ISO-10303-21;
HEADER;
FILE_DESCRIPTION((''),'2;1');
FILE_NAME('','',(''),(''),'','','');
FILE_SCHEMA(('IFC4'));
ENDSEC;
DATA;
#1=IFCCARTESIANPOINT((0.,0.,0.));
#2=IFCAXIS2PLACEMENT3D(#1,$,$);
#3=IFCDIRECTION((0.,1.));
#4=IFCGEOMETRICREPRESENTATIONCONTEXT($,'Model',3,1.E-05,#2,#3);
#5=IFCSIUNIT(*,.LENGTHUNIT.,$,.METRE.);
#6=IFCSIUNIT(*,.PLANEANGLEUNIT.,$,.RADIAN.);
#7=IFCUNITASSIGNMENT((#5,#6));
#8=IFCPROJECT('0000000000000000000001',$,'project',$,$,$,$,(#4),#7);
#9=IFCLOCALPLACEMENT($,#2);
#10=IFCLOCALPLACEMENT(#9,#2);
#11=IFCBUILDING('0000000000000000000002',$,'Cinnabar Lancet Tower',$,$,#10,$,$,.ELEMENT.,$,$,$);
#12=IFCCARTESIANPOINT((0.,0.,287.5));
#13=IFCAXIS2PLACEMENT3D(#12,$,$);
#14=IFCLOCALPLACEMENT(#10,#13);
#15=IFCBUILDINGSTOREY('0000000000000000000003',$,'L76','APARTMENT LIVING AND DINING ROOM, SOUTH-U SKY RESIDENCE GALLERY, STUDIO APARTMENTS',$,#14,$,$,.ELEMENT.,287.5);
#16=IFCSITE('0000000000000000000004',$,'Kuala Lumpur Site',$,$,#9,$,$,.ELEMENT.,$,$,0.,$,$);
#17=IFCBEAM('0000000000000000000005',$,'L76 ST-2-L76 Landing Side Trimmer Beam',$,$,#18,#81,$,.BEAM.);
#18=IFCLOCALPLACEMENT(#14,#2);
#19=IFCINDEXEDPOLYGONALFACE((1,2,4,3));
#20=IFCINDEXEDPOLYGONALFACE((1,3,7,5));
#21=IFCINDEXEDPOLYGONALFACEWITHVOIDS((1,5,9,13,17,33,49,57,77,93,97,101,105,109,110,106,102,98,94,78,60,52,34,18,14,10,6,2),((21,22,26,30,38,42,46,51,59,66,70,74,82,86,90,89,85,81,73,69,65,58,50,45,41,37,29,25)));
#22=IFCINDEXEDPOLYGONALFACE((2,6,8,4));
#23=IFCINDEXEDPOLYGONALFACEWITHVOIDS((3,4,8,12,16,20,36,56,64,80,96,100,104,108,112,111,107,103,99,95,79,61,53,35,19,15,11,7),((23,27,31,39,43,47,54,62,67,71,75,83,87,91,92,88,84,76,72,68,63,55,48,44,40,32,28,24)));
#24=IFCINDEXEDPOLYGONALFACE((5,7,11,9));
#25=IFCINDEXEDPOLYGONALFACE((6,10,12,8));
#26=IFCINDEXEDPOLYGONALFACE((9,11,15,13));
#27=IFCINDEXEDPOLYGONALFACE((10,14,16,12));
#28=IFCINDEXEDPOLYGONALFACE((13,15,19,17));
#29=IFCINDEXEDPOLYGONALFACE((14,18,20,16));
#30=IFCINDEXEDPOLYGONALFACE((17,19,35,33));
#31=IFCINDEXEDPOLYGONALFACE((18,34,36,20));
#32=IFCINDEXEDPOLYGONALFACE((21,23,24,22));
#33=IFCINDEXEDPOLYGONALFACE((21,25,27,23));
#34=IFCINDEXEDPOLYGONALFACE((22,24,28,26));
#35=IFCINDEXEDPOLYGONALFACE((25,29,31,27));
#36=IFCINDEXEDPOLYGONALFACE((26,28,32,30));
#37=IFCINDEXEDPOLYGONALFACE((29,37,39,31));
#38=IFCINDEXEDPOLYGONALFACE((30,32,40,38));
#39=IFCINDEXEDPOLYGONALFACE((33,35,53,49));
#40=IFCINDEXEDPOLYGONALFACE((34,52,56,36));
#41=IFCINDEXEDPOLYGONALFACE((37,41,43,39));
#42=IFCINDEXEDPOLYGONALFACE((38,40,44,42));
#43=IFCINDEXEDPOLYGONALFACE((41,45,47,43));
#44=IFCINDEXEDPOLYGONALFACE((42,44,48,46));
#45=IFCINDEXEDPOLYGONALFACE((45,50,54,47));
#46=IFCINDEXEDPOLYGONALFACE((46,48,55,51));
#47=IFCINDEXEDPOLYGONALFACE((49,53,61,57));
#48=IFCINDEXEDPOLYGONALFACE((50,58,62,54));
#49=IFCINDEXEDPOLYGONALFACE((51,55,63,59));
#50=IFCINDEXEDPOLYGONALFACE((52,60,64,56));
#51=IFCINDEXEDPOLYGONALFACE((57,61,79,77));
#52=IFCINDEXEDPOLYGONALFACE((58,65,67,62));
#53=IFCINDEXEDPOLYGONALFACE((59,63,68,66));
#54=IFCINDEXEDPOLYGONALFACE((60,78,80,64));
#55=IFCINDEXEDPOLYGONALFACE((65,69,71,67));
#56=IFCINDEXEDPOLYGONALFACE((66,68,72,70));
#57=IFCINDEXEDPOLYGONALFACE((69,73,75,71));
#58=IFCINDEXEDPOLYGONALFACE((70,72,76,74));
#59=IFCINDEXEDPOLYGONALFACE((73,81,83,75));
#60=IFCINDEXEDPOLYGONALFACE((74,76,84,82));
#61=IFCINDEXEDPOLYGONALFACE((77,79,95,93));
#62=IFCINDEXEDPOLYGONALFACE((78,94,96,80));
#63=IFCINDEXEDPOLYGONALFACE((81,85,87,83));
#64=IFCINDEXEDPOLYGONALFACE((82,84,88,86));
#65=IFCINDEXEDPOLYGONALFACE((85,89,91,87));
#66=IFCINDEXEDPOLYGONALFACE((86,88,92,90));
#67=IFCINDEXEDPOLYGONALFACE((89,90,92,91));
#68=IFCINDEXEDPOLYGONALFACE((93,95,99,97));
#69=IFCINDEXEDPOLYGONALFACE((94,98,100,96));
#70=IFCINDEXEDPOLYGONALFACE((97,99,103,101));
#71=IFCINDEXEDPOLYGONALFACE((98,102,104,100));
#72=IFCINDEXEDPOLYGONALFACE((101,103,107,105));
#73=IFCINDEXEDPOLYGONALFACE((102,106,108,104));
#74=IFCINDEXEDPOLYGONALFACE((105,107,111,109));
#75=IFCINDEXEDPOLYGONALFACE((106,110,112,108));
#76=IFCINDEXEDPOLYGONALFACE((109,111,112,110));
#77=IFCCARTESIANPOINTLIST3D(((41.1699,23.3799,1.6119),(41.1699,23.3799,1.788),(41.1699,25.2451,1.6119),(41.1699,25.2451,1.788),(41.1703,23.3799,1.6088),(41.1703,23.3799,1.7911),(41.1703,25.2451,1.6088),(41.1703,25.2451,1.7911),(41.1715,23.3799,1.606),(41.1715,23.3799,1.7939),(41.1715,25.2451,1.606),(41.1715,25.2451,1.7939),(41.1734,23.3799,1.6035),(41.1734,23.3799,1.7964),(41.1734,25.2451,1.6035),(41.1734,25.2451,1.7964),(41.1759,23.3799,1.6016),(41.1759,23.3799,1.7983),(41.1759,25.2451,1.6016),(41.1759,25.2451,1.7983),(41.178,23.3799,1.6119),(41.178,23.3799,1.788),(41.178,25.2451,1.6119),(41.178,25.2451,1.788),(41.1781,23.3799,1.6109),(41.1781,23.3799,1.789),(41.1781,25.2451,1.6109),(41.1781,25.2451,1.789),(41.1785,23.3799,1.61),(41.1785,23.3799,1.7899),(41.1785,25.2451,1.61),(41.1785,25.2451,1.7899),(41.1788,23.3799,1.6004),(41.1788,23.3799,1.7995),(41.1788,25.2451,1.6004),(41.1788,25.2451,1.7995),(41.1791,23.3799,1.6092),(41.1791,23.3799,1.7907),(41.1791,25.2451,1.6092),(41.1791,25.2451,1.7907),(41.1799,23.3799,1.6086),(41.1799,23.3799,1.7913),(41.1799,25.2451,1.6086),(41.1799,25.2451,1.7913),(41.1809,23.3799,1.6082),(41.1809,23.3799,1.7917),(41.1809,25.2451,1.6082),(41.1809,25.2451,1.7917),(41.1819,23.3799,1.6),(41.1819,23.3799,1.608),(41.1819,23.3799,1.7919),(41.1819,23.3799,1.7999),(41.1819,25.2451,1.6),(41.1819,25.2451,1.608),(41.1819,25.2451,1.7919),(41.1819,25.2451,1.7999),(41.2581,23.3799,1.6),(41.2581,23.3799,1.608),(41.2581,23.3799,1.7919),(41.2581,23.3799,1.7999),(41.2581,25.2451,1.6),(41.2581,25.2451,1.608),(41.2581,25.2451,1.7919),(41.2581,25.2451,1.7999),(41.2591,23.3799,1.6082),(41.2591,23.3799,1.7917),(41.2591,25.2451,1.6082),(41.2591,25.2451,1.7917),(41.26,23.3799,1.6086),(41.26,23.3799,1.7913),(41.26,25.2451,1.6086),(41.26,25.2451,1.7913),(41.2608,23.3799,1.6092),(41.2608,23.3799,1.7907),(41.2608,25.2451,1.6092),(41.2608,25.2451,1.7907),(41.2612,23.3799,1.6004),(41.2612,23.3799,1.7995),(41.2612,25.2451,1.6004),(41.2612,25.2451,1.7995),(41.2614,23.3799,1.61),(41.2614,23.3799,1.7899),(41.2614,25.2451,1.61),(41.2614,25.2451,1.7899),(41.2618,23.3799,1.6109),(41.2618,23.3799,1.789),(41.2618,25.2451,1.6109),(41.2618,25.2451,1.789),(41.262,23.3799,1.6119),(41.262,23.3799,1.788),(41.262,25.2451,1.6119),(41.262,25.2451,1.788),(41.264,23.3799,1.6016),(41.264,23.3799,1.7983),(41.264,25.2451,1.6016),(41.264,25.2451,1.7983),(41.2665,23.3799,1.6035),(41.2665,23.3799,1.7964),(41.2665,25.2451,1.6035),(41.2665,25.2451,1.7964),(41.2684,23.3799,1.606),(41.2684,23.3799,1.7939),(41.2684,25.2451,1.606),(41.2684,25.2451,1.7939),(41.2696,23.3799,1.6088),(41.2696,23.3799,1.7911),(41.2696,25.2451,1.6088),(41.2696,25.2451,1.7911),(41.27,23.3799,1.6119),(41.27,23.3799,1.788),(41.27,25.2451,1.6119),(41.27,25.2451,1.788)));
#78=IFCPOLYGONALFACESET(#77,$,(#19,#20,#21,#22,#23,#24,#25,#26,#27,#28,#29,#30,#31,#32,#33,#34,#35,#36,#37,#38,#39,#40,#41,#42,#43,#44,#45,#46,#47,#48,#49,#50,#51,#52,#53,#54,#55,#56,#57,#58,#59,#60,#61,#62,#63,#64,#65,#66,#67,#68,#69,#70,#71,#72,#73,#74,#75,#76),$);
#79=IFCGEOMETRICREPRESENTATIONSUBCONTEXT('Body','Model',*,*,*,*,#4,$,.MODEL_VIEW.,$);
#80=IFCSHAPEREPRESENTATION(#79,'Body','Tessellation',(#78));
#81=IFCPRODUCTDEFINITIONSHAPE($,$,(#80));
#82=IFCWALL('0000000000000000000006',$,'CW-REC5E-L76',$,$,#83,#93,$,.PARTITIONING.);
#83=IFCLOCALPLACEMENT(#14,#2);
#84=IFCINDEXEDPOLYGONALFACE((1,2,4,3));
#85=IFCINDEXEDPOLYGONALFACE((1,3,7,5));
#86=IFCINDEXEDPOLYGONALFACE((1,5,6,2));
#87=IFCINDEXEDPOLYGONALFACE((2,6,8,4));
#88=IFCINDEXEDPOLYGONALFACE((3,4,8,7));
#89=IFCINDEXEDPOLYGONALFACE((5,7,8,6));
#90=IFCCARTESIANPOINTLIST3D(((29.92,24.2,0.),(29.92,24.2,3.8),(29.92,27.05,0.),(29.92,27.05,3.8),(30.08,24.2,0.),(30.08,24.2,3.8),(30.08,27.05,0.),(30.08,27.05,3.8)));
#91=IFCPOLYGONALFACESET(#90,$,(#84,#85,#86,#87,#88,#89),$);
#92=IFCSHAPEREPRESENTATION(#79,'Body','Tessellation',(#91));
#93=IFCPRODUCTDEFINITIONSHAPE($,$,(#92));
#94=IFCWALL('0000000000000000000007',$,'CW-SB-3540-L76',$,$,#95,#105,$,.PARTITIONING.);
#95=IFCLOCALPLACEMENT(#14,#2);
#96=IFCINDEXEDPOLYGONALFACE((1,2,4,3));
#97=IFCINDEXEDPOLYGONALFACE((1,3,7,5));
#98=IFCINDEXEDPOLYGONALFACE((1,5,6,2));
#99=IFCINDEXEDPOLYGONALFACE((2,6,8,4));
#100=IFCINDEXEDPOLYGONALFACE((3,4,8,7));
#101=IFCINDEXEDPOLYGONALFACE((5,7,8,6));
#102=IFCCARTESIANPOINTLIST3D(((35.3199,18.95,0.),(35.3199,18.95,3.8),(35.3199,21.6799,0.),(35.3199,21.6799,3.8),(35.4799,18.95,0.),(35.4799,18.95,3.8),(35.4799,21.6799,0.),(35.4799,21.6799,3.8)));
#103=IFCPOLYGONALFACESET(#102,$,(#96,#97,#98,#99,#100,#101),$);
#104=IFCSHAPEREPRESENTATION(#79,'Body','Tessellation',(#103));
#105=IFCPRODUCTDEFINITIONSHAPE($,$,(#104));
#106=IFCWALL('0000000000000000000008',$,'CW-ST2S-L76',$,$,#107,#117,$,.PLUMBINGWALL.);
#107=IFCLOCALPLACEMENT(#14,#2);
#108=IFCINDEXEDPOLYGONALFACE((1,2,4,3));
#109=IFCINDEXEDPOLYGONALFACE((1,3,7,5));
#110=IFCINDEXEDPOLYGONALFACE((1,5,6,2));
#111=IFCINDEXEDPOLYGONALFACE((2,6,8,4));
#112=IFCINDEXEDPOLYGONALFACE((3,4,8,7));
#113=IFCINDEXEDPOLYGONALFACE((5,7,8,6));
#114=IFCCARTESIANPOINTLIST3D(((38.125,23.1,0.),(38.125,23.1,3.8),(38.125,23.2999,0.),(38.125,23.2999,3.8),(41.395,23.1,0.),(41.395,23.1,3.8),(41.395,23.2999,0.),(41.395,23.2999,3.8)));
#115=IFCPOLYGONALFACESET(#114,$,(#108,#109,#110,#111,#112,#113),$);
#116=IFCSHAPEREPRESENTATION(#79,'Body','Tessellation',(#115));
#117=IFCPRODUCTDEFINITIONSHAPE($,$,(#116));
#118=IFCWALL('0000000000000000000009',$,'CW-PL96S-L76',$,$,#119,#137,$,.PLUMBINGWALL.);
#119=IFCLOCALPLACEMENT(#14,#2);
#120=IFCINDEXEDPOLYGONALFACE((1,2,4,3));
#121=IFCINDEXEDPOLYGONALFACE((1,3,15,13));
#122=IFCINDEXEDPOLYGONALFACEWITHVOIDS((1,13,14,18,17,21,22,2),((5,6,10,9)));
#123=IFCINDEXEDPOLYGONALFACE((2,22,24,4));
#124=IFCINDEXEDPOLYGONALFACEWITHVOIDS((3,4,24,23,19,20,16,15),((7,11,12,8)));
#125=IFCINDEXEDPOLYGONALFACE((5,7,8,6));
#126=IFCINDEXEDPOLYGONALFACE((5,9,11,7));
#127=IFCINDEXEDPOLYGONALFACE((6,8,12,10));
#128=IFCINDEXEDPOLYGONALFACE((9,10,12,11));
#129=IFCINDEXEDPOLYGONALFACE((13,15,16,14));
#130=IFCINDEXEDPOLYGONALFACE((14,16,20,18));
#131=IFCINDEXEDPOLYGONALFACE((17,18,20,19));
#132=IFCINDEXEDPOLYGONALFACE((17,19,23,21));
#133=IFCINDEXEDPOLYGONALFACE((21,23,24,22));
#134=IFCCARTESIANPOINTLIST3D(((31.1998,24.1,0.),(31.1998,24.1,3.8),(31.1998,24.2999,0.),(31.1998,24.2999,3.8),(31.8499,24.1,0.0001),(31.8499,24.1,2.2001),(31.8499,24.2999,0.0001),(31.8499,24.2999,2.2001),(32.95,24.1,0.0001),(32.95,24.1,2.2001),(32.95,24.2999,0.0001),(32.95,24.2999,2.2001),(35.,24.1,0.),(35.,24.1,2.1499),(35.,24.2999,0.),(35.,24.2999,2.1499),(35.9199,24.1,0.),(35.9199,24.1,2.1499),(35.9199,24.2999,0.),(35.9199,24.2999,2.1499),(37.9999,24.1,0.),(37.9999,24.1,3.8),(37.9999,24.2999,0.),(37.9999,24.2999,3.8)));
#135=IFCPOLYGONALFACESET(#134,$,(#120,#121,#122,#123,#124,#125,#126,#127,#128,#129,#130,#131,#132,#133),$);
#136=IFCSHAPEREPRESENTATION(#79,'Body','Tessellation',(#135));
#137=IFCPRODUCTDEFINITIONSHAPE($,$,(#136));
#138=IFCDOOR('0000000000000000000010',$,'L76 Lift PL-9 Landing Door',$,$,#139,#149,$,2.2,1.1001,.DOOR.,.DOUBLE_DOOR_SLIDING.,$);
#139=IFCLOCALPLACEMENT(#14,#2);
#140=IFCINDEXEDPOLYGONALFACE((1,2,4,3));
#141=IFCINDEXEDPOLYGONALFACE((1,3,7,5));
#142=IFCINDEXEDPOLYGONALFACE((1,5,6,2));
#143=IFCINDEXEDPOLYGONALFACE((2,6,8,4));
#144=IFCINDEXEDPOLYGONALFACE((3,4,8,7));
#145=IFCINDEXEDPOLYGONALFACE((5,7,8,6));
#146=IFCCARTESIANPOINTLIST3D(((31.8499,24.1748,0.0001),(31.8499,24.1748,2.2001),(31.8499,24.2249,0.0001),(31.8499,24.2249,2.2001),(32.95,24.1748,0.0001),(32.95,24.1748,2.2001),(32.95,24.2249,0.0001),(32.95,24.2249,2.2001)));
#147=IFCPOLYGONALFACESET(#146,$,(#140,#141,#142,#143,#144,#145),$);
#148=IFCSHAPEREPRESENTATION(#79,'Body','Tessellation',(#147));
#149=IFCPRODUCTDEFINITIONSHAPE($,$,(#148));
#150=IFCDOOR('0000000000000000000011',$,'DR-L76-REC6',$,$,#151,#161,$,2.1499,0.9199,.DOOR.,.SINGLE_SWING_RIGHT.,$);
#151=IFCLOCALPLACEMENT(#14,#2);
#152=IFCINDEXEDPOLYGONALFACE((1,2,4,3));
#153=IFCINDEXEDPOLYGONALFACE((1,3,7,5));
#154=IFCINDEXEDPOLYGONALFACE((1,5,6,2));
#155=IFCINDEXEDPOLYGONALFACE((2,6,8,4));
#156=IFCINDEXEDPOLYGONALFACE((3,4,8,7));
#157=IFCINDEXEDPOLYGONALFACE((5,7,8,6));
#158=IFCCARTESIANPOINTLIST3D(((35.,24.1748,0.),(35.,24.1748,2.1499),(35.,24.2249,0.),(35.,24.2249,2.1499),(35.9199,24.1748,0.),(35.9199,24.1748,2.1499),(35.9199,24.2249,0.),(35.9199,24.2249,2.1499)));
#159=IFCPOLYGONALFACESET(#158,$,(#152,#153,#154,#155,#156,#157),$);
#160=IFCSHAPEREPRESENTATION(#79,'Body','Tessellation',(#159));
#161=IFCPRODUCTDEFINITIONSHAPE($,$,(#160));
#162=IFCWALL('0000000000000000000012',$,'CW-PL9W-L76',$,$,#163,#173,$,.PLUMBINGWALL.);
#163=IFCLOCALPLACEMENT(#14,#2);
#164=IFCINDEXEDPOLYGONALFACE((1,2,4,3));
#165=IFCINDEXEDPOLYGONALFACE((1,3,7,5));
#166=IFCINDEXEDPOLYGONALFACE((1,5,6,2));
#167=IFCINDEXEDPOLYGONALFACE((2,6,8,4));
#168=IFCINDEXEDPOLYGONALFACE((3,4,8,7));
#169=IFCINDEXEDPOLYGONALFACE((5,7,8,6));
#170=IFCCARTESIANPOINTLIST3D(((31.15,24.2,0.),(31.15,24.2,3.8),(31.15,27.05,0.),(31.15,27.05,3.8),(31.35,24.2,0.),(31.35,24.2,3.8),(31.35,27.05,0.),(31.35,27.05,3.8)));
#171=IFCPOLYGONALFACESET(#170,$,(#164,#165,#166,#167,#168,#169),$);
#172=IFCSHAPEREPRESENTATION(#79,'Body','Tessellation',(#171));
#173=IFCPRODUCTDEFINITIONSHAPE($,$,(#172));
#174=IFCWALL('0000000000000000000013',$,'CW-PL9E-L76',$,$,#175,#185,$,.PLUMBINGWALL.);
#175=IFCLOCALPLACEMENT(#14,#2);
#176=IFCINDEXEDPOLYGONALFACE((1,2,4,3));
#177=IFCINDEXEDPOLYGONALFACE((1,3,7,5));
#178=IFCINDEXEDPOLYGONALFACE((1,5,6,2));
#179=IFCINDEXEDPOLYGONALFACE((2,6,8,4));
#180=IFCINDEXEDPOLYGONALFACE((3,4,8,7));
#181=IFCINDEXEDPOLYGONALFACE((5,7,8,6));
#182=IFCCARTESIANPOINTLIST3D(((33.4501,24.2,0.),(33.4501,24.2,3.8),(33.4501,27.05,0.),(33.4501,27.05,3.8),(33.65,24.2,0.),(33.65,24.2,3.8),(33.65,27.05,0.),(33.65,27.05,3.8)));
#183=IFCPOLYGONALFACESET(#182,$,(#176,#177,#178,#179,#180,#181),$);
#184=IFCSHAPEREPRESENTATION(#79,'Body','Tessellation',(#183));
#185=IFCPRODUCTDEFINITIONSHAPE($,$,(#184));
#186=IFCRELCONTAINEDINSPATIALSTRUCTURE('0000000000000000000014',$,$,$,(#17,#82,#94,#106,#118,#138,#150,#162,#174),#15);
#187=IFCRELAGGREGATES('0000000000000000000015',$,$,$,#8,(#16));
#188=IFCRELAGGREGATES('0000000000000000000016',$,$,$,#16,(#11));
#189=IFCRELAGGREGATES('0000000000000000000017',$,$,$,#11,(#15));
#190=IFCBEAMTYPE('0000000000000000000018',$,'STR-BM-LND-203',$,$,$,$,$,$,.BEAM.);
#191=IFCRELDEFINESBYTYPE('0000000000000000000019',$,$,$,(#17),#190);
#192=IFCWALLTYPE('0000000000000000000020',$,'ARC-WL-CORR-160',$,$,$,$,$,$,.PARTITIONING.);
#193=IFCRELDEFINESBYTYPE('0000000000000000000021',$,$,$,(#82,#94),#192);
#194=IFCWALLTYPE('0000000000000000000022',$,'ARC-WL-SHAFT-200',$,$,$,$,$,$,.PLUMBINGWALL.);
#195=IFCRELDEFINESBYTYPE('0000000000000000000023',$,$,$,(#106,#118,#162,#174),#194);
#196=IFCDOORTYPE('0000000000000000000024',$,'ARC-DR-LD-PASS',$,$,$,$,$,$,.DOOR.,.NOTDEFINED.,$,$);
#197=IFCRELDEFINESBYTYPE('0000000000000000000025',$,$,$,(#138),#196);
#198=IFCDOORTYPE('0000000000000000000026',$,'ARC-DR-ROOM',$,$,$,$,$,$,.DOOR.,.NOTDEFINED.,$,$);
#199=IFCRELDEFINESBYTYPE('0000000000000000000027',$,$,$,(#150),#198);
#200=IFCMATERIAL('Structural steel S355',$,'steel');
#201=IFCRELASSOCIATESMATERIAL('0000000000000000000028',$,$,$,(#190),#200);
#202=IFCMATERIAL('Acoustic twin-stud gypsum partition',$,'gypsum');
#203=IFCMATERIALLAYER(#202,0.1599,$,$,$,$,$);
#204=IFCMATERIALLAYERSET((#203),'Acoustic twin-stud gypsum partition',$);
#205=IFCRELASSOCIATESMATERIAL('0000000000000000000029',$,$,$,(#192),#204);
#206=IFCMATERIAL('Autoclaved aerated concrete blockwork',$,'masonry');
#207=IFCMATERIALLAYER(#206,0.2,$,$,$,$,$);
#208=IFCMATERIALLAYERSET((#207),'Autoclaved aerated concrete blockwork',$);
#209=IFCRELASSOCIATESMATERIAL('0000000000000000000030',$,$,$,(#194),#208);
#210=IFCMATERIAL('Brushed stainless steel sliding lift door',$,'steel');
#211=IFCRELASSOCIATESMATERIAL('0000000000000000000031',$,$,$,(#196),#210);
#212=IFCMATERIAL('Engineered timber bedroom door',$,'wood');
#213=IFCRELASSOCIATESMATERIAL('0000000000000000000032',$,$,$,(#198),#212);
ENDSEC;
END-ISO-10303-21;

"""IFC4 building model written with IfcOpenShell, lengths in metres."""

from ifc_helpers import new_model, si_unit, direction, frame, frame_2d, origin, origin_2d, place, context, subcontext, project, spatial, rectangle, hollow_rectangle, extrude, material, layer, layer_set, material_profile, profile_set, type_object, element, fill, save


model = new_model("IFC4")

# Units and contexts
model_context = context("Model", 3, precision=1e-05, world=origin(), true_north=direction((0.0, 1.0)))
body_context = subcontext(model_context, "Body", "Model", "MODEL_VIEW")
ifc_project = project(units=[si_unit("LENGTHUNIT", "METRE"), si_unit("PLANEANGLEUNIT", "RADIAN")], contexts=[model_context])

# Site, building, storey
site_placement = place(None, origin())
site = spatial("IfcSite", under=ifc_project, at=site_placement, Name="Kuala Lumpur Site", CompositionType="ELEMENT", RefElevation=0.0)
building_placement = place(site_placement, origin())
building = spatial("IfcBuilding", under=site, at=building_placement, Name="Cinnabar Lancet Tower", CompositionType="ELEMENT")
storey_placement = place(building_placement, frame((0.0, 0.0, 287.5)))
storey = spatial("IfcBuildingStorey", under=building, at=storey_placement, Name="L76", Description="APARTMENT LIVING AND DINING ROOM, SOUTH-U SKY RESIDENCE GALLERY, STUDIO APARTMENTS", CompositionType="ELEMENT", Elevation=287.5)

# Beam
ifc_material_1 = material(Name="Structural steel S355", Category="steel")
ifc_material_profile_1 = material_profile(ifc_material_1, hollow_rectangle(XDim=0.1001, YDim=0.2, WallThickness=0.0081, InnerFilletRadius=0.0039, OuterFilletRadius=0.012, at=origin_2d()), Name="RHS 200x100x8")
ifc_profile_set_1 = profile_set([ifc_material_profile_1], Name="Structural steel S355")
beam_type_1 = type_object("IfcBeamType", Name="STR-BM-LND-203", PredefinedType="BEAM", material=ifc_profile_set_1)
beam_1_placement = place(storey_placement, frame((41.22, 23.3799, 1.7), z_axis=(0.0, 1.0, 0.0), x_axis=(-1.0, 0.0, 0.0)))
element("IfcBeam", 1, at=beam_1_placement, inside=storey, type_object=beam_type_1, Name="L76 ST-2-L76 Landing Side Trimmer Beam", PredefinedType="BEAM", context=body_context, shape_type="SweptSolid", body=[
    extrude(hollow_rectangle(XDim=0.1001, YDim=0.2, WallThickness=0.0081, InnerFilletRadius=0.0039, OuterFilletRadius=0.012, at=origin_2d()), origin(), (0.0, 0.0, 1.0), 1.8652),
])

# Walls
ifc_material_2 = material(Name="Acoustic twin-stud gypsum partition", Category="gypsum")
ifc_layer_1 = layer(ifc_material_2, 0.1599)
ifc_layer_set_1 = layer_set([ifc_layer_1], Name="Acoustic twin-stud gypsum partition")
wall_type_1 = type_object("IfcWallType", Name="ARC-WL-CORR-160", PredefinedType="PARTITIONING", material=ifc_layer_set_1)
wall_1_placement = place(storey_placement, frame((30.0, 24.2, 0.0), z_axis=(0.0, 0.0, 1.0), x_axis=(0.0, 1.0, 0.0)))
element("IfcWall", 2, at=wall_1_placement, inside=storey, type_object=wall_type_1, Name="CW-REC5E-L76", PredefinedType="PARTITIONING", context=body_context, shape_type="SweptSolid", body=[
    extrude(rectangle(XDim=2.8501, YDim=0.1599, at=frame_2d((1.425, 0.0))), origin(), (0.0, 0.0, 1.0), 3.8),
])
wall_2_placement = place(storey_placement, frame((35.3999, 18.95, 0.0), z_axis=(0.0, 0.0, 1.0), x_axis=(0.0, 1.0, 0.0)))
element("IfcWall", 3, at=wall_2_placement, inside=storey, type_object=wall_type_1, Name="CW-SB-3540-L76", PredefinedType="PARTITIONING", context=body_context, shape_type="SweptSolid", body=[
    extrude(rectangle(XDim=2.73, YDim=0.1599, at=frame_2d((1.365, 0.0))), origin(), (0.0, 0.0, 1.0), 3.8),
])
ifc_material_3 = material(Name="Autoclaved aerated concrete blockwork", Category="masonry")
ifc_layer_2 = layer(ifc_material_3, 0.2)
ifc_layer_set_2 = layer_set([ifc_layer_2], Name="Autoclaved aerated concrete blockwork")
wall_type_2 = type_object("IfcWallType", Name="ARC-WL-SHAFT-200", PredefinedType="PLUMBINGWALL", material=ifc_layer_set_2)
wall_3_placement = place(storey_placement, frame((38.125, 23.2, 0.0), z_axis=(0.0, 0.0, 1.0), x_axis=(1.0, 0.0, 0.0)))
element("IfcWall", 4, at=wall_3_placement, inside=storey, type_object=wall_type_2, Name="CW-ST2S-L76", PredefinedType="PLUMBINGWALL", context=body_context, shape_type="SweptSolid", body=[
    extrude(rectangle(XDim=3.27, YDim=0.2, at=frame_2d((1.635, 0.0))), origin(), (0.0, 0.0, 1.0), 3.8),
])

# Wall, openings, doors
wall_4_placement = place(storey_placement, frame((31.2, 24.2, 0.0), z_axis=(0.0, 0.0, 1.0), x_axis=(1.0, 0.0, 0.0)))
wall_4 = element("IfcWall", 5, at=wall_4_placement, inside=storey, type_object=wall_type_2, Name="CW-PL96S-L76", PredefinedType="PLUMBINGWALL", context=body_context, shape_type="SweptSolid", body=[
    extrude(rectangle(XDim=6.8, YDim=0.2, at=frame_2d((3.3999, 0.0))), origin(), (0.0, 0.0, 1.0), 3.8),
])
opening_1_placement = place(wall_4_placement, frame((0.6499, 0.0, 0.0)))
opening_1 = element("IfcOpeningElement", 6, at=opening_1_placement, cuts=wall_4, PredefinedType="OPENING", context=body_context, shape_type="SweptSolid", body=[
    extrude(rectangle(XDim=1.1001, YDim=2.2, at=frame_2d((0.55, 1.1001))), frame((0.0, 0.1099, 0.0), z_axis=(0.0, -1.0, 0.0), x_axis=(1.0, 0.0, 0.0)), (0.0, 0.0, 1.0), 0.22),
])
opening_2_placement = place(wall_4_placement, frame((3.8, 0.0, 0.0)))
opening_2 = element("IfcOpeningElement", 7, at=opening_2_placement, cuts=wall_4, PredefinedType="OPENING", context=body_context, shape_type="SweptSolid", body=[
    extrude(rectangle(XDim=0.9199, YDim=2.1499, at=frame_2d((0.46, 1.075))), frame((0.0, 0.1099, 0.0), z_axis=(0.0, -1.0, 0.0), x_axis=(1.0, 0.0, 0.0)), (0.0, 0.0, 1.0), 0.22),
])
ifc_material_4 = material(Name="Brushed stainless steel sliding lift door", Category="steel")
door_type_1 = type_object("IfcDoorType", Name="ARC-DR-LD-PASS", OperationType="NOTDEFINED", PredefinedType="DOOR", material=ifc_material_4)
door_1_placement = place(opening_1_placement, origin())
door_1 = element("IfcDoor", 8, at=door_1_placement, inside=storey, type_object=door_type_1, Name="L76 Lift PL-9 Landing Door", OperationType="DOUBLE_DOOR_SLIDING", OverallHeight=2.2, OverallWidth=1.1001, PredefinedType="DOOR", context=body_context, shape_type="SweptSolid", body=[
    extrude(rectangle(XDim=1.1001, YDim=2.2, at=frame_2d((0.55, 1.1001))), frame((0.0, 0.0249, 0.0), z_axis=(0.0, -1.0, 0.0), x_axis=(1.0, 0.0, 0.0)), (0.0, 0.0, 1.0), 0.05),
])
fill(opening_1, door_1)
ifc_material_5 = material(Name="Engineered timber bedroom door", Category="wood")
door_type_2 = type_object("IfcDoorType", Name="ARC-DR-ROOM", OperationType="NOTDEFINED", PredefinedType="DOOR", material=ifc_material_5)
door_2_placement = place(opening_2_placement, origin())
door_2 = element("IfcDoor", 9, at=door_2_placement, inside=storey, type_object=door_type_2, Name="DR-L76-REC6", OperationType="SINGLE_SWING_RIGHT", OverallHeight=2.1499, OverallWidth=0.9199, PredefinedType="DOOR", context=body_context, shape_type="SweptSolid", body=[
    extrude(rectangle(XDim=0.9199, YDim=2.1499, at=frame_2d((0.46, 1.075))), frame((0.0, 0.0249, 0.0), z_axis=(0.0, -1.0, 0.0), x_axis=(1.0, 0.0, 0.0)), (0.0, 0.0, 1.0), 0.05),
])
fill(opening_2, door_2)

# Walls
for number, where, z_axis, x_axis, name in (
    (10, (31.25, 24.2, 0.0), (0.0, 0.0, 1.0), (0.0, 1.0, 0.0), "CW-PL9W-L76"),
    (11, (33.55, 24.2, 0.0), (0.0, 0.0, 1.0), (0.0, 1.0, 0.0), "CW-PL9E-L76"),
):
    element("IfcWall", number, at=place(storey_placement, frame(where, z_axis=z_axis, x_axis=x_axis)), inside=storey, type_object=wall_type_2, Name=name, PredefinedType="PLUMBINGWALL", context=body_context, shape_type="SweptSolid", body=[
        extrude(rectangle(XDim=2.8501, YDim=0.2, at=frame_2d((1.425, 0.0))), origin(), (0.0, 0.0, 1.0), 3.8),
    ])

save(model, "model.ifc")
